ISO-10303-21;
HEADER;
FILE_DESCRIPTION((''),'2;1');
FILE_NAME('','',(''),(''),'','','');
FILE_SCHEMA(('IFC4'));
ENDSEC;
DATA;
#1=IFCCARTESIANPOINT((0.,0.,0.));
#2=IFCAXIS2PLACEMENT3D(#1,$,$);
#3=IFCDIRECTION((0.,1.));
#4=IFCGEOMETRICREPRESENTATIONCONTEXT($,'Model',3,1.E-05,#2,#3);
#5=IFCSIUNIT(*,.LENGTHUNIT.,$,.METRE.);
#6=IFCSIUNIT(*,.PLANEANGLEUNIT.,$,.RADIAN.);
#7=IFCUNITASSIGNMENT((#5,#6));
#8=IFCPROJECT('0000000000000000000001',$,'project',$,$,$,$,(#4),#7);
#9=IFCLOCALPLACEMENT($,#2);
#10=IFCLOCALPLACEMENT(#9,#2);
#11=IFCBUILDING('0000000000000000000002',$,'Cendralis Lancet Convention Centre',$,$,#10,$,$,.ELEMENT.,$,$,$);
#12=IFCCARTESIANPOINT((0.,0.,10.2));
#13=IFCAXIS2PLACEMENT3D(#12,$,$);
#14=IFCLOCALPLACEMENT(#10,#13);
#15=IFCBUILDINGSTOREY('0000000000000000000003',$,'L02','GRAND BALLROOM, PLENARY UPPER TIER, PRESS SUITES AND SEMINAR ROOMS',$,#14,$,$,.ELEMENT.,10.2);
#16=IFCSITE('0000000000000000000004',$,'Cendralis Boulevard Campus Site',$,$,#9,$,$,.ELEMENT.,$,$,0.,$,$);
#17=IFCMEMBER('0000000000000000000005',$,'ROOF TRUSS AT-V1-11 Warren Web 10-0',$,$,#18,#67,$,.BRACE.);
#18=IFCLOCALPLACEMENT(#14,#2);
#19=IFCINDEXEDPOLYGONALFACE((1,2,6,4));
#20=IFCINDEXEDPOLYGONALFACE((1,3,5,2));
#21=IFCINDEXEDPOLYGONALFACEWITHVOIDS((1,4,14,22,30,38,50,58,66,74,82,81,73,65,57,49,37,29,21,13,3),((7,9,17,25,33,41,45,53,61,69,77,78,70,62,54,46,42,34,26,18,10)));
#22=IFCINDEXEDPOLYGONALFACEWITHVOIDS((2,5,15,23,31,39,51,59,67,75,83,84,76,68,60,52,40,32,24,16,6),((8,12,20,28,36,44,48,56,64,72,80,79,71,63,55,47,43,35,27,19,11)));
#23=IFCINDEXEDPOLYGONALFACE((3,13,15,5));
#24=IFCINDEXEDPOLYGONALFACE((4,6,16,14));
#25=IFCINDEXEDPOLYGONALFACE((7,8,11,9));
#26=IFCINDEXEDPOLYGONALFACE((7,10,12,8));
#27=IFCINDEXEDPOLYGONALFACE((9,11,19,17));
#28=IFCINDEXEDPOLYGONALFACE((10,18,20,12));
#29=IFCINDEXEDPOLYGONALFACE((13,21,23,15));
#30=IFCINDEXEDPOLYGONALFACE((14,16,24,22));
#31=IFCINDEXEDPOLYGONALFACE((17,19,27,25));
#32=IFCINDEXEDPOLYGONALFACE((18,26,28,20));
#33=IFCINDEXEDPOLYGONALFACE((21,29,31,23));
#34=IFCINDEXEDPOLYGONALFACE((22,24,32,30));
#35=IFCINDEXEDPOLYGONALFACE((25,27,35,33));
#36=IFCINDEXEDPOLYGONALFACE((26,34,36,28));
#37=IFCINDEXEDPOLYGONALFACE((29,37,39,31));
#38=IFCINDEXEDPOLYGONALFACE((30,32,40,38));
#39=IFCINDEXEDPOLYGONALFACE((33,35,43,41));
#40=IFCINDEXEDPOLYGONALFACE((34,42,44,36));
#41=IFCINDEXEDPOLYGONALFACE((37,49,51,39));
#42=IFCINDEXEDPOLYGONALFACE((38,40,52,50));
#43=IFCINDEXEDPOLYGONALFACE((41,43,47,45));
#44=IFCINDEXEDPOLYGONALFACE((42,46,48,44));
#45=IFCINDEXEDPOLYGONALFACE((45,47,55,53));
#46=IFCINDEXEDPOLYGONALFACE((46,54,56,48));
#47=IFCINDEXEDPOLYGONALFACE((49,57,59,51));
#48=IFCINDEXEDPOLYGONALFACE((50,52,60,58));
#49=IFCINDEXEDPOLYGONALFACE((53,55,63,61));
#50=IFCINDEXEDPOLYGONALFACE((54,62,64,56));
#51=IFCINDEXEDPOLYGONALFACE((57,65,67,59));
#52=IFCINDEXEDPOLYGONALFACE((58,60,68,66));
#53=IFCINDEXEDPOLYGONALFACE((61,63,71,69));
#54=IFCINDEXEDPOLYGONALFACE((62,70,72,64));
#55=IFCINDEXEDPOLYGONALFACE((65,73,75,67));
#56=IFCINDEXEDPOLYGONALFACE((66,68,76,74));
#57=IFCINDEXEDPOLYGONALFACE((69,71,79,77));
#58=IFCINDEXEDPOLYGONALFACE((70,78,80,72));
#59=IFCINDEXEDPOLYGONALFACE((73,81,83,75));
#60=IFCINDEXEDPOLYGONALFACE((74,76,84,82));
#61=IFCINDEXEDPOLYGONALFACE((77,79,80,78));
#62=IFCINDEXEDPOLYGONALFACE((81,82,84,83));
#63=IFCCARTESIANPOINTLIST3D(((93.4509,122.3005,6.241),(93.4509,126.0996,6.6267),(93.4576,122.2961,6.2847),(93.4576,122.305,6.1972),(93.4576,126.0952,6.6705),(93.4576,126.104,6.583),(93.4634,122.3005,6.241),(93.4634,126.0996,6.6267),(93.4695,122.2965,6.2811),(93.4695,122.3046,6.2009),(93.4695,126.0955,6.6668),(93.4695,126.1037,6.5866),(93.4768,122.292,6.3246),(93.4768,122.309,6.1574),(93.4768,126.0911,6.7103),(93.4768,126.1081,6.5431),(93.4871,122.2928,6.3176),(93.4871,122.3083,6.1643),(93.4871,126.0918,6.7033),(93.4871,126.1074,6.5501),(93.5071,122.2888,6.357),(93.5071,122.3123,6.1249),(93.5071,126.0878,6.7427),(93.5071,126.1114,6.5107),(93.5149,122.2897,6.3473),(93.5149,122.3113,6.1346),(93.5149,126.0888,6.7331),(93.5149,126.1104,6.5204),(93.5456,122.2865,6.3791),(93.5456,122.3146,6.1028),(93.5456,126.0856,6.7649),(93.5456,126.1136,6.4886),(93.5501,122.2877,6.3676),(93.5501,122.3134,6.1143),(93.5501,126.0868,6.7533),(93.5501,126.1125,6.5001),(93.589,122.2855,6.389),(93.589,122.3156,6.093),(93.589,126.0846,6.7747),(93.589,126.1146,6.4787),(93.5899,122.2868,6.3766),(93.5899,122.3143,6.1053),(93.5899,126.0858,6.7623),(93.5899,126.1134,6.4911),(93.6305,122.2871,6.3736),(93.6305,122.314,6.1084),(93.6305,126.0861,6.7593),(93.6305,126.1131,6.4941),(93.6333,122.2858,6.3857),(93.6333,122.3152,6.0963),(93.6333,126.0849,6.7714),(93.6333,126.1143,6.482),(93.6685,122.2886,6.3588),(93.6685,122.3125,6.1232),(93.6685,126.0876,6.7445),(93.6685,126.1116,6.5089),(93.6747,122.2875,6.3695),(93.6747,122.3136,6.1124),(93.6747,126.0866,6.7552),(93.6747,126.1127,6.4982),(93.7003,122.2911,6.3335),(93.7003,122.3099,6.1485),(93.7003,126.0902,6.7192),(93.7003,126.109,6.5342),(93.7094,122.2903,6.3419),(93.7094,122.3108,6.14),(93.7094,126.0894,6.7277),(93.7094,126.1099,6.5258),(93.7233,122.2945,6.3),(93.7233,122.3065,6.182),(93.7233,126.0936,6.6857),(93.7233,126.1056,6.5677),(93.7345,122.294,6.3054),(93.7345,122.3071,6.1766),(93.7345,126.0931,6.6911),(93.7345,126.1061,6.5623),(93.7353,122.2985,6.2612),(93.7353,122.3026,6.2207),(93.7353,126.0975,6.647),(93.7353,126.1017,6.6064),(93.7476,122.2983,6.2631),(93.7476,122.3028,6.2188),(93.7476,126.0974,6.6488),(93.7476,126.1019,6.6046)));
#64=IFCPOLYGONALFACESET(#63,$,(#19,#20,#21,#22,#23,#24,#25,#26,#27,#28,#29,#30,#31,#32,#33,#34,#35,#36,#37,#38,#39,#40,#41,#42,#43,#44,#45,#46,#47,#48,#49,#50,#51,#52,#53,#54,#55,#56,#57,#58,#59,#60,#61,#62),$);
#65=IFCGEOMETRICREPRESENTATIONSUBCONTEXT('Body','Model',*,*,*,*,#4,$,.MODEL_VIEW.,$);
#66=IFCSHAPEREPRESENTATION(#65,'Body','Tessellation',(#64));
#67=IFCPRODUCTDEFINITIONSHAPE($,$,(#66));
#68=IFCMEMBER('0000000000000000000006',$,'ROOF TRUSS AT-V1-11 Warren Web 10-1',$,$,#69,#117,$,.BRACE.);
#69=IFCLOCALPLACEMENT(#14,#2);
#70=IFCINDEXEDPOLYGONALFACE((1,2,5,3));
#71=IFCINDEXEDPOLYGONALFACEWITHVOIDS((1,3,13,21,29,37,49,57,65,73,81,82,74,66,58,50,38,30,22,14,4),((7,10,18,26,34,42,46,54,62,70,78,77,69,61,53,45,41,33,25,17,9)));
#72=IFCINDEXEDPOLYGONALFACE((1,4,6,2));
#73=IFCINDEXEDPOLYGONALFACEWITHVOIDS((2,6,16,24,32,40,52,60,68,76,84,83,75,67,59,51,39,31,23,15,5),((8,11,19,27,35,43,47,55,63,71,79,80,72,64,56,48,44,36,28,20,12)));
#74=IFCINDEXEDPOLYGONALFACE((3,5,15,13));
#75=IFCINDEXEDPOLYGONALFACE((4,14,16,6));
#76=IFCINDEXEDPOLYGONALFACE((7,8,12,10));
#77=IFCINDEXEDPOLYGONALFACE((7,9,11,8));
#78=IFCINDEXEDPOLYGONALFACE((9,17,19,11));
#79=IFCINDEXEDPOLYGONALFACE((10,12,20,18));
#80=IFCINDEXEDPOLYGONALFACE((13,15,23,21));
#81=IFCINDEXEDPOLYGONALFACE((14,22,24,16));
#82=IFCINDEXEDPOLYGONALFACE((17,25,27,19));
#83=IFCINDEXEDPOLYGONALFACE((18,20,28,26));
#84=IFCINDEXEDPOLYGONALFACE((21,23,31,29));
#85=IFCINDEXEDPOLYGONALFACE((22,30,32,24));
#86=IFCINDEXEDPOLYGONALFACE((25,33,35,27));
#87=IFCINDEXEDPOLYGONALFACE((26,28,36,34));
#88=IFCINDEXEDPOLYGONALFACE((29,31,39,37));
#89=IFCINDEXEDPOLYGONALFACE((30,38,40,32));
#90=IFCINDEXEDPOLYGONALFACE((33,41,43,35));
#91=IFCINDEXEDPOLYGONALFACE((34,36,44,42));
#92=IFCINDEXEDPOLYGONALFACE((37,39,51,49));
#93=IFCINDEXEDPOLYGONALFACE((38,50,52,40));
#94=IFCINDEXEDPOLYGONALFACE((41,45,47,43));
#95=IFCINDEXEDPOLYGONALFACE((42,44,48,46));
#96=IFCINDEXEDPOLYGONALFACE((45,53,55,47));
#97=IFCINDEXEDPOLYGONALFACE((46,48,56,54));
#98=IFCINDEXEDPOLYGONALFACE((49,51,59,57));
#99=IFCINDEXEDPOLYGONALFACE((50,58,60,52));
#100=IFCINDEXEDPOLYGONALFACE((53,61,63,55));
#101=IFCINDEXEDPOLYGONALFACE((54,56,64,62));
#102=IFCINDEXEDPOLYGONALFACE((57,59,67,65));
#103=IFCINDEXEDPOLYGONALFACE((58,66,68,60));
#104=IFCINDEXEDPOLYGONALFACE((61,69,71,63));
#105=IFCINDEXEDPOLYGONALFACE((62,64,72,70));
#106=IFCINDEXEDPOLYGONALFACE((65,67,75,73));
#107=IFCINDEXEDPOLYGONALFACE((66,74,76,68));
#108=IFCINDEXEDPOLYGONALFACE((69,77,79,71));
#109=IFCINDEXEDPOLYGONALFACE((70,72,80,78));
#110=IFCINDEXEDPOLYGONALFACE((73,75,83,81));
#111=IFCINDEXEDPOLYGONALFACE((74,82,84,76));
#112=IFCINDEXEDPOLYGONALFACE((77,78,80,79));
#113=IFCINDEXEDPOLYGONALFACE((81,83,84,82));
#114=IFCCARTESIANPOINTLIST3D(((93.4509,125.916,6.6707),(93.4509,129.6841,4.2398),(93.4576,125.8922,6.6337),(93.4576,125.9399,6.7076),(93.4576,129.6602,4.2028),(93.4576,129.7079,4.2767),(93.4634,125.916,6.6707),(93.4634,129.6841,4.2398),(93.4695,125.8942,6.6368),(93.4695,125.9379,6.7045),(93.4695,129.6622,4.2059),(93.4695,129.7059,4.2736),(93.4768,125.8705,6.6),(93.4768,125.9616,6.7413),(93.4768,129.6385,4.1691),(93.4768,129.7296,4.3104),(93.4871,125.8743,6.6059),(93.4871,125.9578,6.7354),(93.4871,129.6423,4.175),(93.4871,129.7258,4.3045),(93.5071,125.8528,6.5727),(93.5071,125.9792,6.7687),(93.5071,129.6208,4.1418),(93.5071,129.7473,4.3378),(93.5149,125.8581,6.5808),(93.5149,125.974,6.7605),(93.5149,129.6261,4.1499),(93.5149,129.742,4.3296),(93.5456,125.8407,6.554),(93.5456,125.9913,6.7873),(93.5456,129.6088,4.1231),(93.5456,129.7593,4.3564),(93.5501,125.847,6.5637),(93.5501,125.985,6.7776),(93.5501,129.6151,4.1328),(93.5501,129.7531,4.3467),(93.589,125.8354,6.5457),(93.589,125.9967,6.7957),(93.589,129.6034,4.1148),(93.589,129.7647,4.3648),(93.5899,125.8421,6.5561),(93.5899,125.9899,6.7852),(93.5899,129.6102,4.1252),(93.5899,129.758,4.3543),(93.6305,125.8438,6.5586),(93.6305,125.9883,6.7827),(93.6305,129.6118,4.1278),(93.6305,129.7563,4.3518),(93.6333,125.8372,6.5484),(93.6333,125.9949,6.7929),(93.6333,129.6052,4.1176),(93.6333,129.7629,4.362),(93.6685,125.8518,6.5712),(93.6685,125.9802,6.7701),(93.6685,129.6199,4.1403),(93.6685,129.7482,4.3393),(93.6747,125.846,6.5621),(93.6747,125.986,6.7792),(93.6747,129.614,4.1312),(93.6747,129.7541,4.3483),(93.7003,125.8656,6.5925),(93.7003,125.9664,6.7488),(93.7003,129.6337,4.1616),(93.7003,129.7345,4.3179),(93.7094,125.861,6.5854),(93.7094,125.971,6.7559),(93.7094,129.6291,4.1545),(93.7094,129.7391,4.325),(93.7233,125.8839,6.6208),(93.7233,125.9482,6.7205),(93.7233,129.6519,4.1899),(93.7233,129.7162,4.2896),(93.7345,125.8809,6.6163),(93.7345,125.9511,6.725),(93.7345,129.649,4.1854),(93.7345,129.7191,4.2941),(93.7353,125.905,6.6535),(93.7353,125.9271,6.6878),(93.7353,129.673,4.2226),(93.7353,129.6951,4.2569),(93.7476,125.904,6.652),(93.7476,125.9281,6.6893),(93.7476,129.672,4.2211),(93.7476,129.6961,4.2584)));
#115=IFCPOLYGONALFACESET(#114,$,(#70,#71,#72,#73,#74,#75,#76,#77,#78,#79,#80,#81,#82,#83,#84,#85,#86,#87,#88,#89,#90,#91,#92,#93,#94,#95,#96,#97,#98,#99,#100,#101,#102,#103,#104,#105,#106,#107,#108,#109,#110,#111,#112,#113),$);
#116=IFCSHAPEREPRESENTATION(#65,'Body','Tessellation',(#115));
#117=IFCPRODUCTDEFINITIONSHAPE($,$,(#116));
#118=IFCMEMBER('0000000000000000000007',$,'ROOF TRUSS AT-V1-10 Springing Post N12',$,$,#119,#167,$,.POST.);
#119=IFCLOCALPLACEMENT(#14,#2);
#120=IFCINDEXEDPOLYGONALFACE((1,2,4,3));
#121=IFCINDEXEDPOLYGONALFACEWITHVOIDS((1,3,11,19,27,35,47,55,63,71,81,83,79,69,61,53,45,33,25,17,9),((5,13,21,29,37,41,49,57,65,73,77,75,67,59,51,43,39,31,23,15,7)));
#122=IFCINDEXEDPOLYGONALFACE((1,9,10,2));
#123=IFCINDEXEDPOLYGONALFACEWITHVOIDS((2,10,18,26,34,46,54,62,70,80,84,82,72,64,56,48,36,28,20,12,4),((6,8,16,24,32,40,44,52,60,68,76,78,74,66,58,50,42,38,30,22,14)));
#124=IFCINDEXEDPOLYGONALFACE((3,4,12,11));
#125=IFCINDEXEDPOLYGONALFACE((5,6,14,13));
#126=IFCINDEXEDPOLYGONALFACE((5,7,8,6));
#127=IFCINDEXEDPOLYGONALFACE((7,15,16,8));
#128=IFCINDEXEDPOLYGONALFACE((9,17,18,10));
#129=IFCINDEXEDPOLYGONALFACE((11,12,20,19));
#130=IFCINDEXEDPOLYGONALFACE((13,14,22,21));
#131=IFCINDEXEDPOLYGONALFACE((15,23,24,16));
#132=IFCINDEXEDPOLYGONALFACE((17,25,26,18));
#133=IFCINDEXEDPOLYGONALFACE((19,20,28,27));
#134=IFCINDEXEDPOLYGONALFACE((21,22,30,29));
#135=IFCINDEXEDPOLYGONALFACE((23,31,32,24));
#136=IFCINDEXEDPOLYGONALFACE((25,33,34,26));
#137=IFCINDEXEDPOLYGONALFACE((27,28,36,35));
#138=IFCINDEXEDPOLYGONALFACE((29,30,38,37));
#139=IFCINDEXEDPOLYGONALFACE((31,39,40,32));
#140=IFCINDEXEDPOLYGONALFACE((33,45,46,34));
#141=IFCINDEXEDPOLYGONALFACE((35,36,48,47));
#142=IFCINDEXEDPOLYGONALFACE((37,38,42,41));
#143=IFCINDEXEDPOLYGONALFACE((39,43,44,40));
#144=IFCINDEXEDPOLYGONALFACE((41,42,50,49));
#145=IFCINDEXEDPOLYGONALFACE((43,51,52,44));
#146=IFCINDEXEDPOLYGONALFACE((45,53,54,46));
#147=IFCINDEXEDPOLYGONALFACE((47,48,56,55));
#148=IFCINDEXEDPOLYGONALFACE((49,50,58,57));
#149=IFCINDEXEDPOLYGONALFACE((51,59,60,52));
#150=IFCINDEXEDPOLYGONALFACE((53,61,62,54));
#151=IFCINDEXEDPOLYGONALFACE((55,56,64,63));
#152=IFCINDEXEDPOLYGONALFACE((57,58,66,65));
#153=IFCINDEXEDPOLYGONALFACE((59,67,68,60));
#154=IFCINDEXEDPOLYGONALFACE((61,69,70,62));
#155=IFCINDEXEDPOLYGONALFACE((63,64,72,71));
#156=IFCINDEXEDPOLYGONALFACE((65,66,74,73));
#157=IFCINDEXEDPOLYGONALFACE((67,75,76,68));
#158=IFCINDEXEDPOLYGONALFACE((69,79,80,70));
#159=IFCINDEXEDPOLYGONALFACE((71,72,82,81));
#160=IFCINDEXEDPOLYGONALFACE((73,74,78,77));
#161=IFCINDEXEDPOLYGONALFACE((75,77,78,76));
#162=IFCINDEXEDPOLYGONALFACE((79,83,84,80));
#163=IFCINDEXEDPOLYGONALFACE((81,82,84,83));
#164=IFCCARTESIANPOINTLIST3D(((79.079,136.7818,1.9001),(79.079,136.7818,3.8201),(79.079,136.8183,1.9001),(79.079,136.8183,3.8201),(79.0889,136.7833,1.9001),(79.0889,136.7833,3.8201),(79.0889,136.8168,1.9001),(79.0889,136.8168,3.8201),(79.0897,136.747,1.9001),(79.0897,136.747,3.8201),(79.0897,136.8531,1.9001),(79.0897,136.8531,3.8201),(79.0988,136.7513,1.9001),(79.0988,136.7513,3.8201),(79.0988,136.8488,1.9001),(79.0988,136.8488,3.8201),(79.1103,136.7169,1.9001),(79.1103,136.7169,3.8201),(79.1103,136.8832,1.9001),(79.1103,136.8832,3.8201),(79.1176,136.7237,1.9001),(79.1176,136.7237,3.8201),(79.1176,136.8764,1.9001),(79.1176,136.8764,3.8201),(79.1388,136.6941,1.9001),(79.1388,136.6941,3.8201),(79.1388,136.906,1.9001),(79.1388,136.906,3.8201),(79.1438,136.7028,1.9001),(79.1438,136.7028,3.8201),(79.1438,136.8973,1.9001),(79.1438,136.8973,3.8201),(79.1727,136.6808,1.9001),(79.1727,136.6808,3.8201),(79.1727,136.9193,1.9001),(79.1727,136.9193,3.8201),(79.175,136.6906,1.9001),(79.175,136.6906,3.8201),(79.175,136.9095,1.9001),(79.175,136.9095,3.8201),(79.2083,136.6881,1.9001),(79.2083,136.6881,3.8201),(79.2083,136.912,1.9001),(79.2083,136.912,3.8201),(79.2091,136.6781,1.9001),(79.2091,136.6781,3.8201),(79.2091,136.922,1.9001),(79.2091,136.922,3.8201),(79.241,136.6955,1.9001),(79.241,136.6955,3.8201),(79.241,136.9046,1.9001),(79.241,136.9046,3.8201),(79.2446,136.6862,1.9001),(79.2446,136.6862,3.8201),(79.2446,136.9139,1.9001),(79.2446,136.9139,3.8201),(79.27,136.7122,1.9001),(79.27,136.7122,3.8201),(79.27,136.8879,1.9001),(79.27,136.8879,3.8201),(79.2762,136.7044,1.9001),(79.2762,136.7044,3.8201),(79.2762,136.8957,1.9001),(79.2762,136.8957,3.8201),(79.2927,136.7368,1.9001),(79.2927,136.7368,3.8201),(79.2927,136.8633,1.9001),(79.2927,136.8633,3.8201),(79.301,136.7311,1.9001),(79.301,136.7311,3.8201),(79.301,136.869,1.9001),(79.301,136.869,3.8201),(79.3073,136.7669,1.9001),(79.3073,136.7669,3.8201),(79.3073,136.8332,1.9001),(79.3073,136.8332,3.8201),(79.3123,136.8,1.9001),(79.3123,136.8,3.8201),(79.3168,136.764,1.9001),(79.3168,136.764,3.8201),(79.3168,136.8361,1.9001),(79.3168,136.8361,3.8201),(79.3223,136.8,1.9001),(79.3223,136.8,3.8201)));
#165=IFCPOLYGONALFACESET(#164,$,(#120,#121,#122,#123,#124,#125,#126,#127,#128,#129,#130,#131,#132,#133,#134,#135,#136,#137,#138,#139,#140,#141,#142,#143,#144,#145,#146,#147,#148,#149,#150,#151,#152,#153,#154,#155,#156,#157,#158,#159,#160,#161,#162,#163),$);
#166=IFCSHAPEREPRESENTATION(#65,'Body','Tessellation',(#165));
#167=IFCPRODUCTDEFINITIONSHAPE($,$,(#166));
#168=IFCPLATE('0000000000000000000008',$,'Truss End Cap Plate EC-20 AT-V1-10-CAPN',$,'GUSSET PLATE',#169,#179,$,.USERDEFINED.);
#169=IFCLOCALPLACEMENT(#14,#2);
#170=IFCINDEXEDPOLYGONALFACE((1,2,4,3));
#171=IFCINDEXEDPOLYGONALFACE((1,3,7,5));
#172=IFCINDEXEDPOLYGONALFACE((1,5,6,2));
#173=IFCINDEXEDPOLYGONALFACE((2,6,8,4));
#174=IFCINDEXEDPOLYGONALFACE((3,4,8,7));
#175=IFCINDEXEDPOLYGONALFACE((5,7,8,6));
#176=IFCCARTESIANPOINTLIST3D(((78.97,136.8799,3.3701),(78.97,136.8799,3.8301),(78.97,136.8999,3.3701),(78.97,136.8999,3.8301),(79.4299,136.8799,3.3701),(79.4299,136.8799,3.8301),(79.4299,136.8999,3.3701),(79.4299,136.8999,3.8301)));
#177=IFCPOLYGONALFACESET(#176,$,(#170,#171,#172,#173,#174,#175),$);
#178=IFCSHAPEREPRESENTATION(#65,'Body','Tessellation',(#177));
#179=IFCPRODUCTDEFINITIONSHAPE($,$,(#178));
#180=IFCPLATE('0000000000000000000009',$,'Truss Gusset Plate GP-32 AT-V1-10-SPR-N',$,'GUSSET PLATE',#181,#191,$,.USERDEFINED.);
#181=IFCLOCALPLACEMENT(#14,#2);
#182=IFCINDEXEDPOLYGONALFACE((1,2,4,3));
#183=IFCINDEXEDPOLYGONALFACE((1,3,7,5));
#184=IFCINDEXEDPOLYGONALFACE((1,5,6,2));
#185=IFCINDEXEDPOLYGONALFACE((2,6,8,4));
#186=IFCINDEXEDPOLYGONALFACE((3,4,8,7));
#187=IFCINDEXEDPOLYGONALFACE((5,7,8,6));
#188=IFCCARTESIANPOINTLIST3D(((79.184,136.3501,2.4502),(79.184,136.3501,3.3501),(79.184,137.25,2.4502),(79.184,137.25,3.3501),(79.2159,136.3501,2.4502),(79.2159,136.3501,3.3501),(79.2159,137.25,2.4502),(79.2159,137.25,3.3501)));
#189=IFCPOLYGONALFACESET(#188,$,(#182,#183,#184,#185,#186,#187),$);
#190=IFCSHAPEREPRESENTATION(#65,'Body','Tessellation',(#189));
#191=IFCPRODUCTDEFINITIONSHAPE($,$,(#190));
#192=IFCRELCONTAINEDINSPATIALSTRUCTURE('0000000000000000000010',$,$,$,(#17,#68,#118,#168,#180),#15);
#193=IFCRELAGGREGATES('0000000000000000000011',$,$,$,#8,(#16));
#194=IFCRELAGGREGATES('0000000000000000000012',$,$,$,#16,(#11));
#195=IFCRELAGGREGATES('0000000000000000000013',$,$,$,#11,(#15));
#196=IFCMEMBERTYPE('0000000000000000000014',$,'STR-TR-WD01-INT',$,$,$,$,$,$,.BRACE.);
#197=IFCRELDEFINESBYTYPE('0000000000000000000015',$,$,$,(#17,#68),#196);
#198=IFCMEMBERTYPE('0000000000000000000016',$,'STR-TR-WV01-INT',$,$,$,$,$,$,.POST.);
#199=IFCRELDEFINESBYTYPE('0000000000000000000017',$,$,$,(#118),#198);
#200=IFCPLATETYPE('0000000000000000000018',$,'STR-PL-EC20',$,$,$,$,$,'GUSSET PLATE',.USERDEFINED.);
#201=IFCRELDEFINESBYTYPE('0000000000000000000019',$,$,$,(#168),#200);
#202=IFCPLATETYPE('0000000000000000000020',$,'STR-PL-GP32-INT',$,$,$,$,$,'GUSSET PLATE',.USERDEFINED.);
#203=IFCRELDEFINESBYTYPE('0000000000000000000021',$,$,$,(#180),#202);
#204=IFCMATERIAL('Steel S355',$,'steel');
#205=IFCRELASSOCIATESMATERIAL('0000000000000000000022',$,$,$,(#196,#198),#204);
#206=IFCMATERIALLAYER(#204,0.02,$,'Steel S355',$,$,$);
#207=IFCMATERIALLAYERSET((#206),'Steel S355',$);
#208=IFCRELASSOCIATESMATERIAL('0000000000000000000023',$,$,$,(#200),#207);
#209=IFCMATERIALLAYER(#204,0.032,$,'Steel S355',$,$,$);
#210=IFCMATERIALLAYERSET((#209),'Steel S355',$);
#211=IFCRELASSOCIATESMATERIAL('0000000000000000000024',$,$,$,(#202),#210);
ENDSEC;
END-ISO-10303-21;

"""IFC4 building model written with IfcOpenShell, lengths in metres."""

from ifc_helpers import new_model, si_unit, direction, frame, origin, origin_2d, place, context, subcontext, project, spatial, rectangle, hollow_circle, extrude, material, layer, layer_set, material_profile, profile_set, type_object, element, save


model = new_model("IFC4")

# Units and contexts
model_context = context("Model", 3, precision=1e-05, world=origin(), true_north=direction((0.0, 1.0)))
body_context = subcontext(model_context, "Body", "Model", "MODEL_VIEW")
ifc_project = project(units=[si_unit("LENGTHUNIT", "METRE"), si_unit("PLANEANGLEUNIT", "RADIAN")], contexts=[model_context])

# Site, building, storey
site_placement = place(None, origin())
site = spatial("IfcSite", under=ifc_project, at=site_placement, Name="Cendralis Boulevard Campus Site", CompositionType="ELEMENT", RefElevation=0.0)
building_placement = place(site_placement, origin())
building = spatial("IfcBuilding", under=site, at=building_placement, Name="Cendralis Lancet Convention Centre", CompositionType="ELEMENT")
storey_placement = place(building_placement, frame((0.0, 0.0, 10.2)))
storey = spatial("IfcBuildingStorey", under=building, at=storey_placement, Name="L02", Description="GRAND BALLROOM, PLENARY UPPER TIER, PRESS SUITES AND SEMINAR ROOMS", CompositionType="ELEMENT", Elevation=10.2)

# Members
ifc_material_1 = material(Name="Steel S355", Category="steel")
ifc_material_profile_1 = material_profile(ifc_material_1, hollow_circle(Radius=0.1492, WallThickness=0.0125, at=origin_2d()), Name="CHS 298.5x12.5")
ifc_profile_set_1 = profile_set([ifc_material_profile_1], Name="Steel S355")
member_type_1 = type_object("IfcMemberType", Name="STR-TR-WD01-INT", PredefinedType="BRACE", material=ifc_profile_set_1)
member_1_placement = place(storey_placement, frame((93.6001, 122.3005, 6.241), z_axis=(0.0, 0.994885, 0.101017), x_axis=(-1.0, 0.0, 0.0)))
element("IfcMember", 1, at=member_1_placement, inside=storey, type_object=member_type_1, Name="ROOF TRUSS AT-V1-11 Warren Web 10-0", PredefinedType="BRACE", context=body_context, shape_type="SweptSolid", body=[
    extrude(hollow_circle(Radius=0.1492, WallThickness=0.0125, at=origin_2d()), origin(), (0.0, 0.0, 1.0), 3.8186),
])
member_2_placement = place(storey_placement, frame((93.6001, 125.916, 6.6707), z_axis=(0.0, 0.840307, -0.542111), x_axis=(-1.0, 0.0, 0.0)))
element("IfcMember", 2, at=member_2_placement, inside=storey, type_object=member_type_1, Name="ROOF TRUSS AT-V1-11 Warren Web 10-1", PredefinedType="BRACE", context=body_context, shape_type="SweptSolid", body=[
    extrude(hollow_circle(Radius=0.1492, WallThickness=0.0125, at=origin_2d()), origin(), (0.0, 0.0, 1.0), 4.4841),
])
ifc_material_profile_2 = material_profile(ifc_material_1, hollow_circle(Radius=0.1223, WallThickness=0.01, at=origin_2d()), Name="CHS 244.5x10.0")
ifc_profile_set_2 = profile_set([ifc_material_profile_2], Name="Steel S355")
member_type_2 = type_object("IfcMemberType", Name="STR-TR-WV01-INT", PredefinedType="POST", material=ifc_profile_set_2)
member_3_placement = place(storey_placement, frame((79.2, 136.8, 1.9001), z_axis=(0.0, 0.0, 1.0), x_axis=(1.0, 0.0, 0.0)))
element("IfcMember", 3, at=member_3_placement, inside=storey, type_object=member_type_2, Name="ROOF TRUSS AT-V1-10 Springing Post N12", PredefinedType="POST", context=body_context, shape_type="SweptSolid", body=[
    extrude(hollow_circle(Radius=0.1223, WallThickness=0.01, at=origin_2d()), origin(), (0.0, 0.0, 1.0), 1.9199),
])

# Plates
ifc_layer_1 = layer(ifc_material_1, 0.02, Name="Steel S355")
ifc_layer_set_1 = layer_set([ifc_layer_1], Name="Steel S355")
plate_type_1 = type_object("IfcPlateType", Name="STR-PL-EC20", ElementType="GUSSET PLATE", PredefinedType="USERDEFINED", material=ifc_layer_set_1)
plate_1_placement = place(storey_placement, frame((79.2, 136.8899, 3.3701), z_axis=(0.0, 0.0, 1.0), x_axis=(1.0, 0.0, 0.0)))
element("IfcPlate", 4, at=plate_1_placement, inside=storey, type_object=plate_type_1, Name="Truss End Cap Plate EC-20 AT-V1-10-CAPN", ObjectType="GUSSET PLATE", PredefinedType="USERDEFINED", context=body_context, shape_type="SweptSolid", body=[
    extrude(rectangle(XDim=0.46, YDim=0.02, at=origin_2d()), origin(), (0.0, 0.0, 1.0), 0.46),
])
ifc_layer_2 = layer(ifc_material_1, 0.032, Name="Steel S355")
ifc_layer_set_2 = layer_set([ifc_layer_2], Name="Steel S355")
plate_type_2 = type_object("IfcPlateType", Name="STR-PL-GP32-INT", ElementType="GUSSET PLATE", PredefinedType="USERDEFINED", material=ifc_layer_set_2)
plate_2_placement = place(storey_placement, frame((79.2, 136.8, 2.4502), z_axis=(0.0, 0.0, 1.0), x_axis=(0.0, 1.0, 0.0)))
element("IfcPlate", 5, at=plate_2_placement, inside=storey, type_object=plate_type_2, Name="Truss Gusset Plate GP-32 AT-V1-10-SPR-N", ObjectType="GUSSET PLATE", PredefinedType="USERDEFINED", context=body_context, shape_type="SweptSolid", body=[
    extrude(rectangle(XDim=0.8999, YDim=0.032, at=origin_2d()), origin(), (0.0, 0.0, 1.0), 0.8999),
])

save(model, "model.ifc")
